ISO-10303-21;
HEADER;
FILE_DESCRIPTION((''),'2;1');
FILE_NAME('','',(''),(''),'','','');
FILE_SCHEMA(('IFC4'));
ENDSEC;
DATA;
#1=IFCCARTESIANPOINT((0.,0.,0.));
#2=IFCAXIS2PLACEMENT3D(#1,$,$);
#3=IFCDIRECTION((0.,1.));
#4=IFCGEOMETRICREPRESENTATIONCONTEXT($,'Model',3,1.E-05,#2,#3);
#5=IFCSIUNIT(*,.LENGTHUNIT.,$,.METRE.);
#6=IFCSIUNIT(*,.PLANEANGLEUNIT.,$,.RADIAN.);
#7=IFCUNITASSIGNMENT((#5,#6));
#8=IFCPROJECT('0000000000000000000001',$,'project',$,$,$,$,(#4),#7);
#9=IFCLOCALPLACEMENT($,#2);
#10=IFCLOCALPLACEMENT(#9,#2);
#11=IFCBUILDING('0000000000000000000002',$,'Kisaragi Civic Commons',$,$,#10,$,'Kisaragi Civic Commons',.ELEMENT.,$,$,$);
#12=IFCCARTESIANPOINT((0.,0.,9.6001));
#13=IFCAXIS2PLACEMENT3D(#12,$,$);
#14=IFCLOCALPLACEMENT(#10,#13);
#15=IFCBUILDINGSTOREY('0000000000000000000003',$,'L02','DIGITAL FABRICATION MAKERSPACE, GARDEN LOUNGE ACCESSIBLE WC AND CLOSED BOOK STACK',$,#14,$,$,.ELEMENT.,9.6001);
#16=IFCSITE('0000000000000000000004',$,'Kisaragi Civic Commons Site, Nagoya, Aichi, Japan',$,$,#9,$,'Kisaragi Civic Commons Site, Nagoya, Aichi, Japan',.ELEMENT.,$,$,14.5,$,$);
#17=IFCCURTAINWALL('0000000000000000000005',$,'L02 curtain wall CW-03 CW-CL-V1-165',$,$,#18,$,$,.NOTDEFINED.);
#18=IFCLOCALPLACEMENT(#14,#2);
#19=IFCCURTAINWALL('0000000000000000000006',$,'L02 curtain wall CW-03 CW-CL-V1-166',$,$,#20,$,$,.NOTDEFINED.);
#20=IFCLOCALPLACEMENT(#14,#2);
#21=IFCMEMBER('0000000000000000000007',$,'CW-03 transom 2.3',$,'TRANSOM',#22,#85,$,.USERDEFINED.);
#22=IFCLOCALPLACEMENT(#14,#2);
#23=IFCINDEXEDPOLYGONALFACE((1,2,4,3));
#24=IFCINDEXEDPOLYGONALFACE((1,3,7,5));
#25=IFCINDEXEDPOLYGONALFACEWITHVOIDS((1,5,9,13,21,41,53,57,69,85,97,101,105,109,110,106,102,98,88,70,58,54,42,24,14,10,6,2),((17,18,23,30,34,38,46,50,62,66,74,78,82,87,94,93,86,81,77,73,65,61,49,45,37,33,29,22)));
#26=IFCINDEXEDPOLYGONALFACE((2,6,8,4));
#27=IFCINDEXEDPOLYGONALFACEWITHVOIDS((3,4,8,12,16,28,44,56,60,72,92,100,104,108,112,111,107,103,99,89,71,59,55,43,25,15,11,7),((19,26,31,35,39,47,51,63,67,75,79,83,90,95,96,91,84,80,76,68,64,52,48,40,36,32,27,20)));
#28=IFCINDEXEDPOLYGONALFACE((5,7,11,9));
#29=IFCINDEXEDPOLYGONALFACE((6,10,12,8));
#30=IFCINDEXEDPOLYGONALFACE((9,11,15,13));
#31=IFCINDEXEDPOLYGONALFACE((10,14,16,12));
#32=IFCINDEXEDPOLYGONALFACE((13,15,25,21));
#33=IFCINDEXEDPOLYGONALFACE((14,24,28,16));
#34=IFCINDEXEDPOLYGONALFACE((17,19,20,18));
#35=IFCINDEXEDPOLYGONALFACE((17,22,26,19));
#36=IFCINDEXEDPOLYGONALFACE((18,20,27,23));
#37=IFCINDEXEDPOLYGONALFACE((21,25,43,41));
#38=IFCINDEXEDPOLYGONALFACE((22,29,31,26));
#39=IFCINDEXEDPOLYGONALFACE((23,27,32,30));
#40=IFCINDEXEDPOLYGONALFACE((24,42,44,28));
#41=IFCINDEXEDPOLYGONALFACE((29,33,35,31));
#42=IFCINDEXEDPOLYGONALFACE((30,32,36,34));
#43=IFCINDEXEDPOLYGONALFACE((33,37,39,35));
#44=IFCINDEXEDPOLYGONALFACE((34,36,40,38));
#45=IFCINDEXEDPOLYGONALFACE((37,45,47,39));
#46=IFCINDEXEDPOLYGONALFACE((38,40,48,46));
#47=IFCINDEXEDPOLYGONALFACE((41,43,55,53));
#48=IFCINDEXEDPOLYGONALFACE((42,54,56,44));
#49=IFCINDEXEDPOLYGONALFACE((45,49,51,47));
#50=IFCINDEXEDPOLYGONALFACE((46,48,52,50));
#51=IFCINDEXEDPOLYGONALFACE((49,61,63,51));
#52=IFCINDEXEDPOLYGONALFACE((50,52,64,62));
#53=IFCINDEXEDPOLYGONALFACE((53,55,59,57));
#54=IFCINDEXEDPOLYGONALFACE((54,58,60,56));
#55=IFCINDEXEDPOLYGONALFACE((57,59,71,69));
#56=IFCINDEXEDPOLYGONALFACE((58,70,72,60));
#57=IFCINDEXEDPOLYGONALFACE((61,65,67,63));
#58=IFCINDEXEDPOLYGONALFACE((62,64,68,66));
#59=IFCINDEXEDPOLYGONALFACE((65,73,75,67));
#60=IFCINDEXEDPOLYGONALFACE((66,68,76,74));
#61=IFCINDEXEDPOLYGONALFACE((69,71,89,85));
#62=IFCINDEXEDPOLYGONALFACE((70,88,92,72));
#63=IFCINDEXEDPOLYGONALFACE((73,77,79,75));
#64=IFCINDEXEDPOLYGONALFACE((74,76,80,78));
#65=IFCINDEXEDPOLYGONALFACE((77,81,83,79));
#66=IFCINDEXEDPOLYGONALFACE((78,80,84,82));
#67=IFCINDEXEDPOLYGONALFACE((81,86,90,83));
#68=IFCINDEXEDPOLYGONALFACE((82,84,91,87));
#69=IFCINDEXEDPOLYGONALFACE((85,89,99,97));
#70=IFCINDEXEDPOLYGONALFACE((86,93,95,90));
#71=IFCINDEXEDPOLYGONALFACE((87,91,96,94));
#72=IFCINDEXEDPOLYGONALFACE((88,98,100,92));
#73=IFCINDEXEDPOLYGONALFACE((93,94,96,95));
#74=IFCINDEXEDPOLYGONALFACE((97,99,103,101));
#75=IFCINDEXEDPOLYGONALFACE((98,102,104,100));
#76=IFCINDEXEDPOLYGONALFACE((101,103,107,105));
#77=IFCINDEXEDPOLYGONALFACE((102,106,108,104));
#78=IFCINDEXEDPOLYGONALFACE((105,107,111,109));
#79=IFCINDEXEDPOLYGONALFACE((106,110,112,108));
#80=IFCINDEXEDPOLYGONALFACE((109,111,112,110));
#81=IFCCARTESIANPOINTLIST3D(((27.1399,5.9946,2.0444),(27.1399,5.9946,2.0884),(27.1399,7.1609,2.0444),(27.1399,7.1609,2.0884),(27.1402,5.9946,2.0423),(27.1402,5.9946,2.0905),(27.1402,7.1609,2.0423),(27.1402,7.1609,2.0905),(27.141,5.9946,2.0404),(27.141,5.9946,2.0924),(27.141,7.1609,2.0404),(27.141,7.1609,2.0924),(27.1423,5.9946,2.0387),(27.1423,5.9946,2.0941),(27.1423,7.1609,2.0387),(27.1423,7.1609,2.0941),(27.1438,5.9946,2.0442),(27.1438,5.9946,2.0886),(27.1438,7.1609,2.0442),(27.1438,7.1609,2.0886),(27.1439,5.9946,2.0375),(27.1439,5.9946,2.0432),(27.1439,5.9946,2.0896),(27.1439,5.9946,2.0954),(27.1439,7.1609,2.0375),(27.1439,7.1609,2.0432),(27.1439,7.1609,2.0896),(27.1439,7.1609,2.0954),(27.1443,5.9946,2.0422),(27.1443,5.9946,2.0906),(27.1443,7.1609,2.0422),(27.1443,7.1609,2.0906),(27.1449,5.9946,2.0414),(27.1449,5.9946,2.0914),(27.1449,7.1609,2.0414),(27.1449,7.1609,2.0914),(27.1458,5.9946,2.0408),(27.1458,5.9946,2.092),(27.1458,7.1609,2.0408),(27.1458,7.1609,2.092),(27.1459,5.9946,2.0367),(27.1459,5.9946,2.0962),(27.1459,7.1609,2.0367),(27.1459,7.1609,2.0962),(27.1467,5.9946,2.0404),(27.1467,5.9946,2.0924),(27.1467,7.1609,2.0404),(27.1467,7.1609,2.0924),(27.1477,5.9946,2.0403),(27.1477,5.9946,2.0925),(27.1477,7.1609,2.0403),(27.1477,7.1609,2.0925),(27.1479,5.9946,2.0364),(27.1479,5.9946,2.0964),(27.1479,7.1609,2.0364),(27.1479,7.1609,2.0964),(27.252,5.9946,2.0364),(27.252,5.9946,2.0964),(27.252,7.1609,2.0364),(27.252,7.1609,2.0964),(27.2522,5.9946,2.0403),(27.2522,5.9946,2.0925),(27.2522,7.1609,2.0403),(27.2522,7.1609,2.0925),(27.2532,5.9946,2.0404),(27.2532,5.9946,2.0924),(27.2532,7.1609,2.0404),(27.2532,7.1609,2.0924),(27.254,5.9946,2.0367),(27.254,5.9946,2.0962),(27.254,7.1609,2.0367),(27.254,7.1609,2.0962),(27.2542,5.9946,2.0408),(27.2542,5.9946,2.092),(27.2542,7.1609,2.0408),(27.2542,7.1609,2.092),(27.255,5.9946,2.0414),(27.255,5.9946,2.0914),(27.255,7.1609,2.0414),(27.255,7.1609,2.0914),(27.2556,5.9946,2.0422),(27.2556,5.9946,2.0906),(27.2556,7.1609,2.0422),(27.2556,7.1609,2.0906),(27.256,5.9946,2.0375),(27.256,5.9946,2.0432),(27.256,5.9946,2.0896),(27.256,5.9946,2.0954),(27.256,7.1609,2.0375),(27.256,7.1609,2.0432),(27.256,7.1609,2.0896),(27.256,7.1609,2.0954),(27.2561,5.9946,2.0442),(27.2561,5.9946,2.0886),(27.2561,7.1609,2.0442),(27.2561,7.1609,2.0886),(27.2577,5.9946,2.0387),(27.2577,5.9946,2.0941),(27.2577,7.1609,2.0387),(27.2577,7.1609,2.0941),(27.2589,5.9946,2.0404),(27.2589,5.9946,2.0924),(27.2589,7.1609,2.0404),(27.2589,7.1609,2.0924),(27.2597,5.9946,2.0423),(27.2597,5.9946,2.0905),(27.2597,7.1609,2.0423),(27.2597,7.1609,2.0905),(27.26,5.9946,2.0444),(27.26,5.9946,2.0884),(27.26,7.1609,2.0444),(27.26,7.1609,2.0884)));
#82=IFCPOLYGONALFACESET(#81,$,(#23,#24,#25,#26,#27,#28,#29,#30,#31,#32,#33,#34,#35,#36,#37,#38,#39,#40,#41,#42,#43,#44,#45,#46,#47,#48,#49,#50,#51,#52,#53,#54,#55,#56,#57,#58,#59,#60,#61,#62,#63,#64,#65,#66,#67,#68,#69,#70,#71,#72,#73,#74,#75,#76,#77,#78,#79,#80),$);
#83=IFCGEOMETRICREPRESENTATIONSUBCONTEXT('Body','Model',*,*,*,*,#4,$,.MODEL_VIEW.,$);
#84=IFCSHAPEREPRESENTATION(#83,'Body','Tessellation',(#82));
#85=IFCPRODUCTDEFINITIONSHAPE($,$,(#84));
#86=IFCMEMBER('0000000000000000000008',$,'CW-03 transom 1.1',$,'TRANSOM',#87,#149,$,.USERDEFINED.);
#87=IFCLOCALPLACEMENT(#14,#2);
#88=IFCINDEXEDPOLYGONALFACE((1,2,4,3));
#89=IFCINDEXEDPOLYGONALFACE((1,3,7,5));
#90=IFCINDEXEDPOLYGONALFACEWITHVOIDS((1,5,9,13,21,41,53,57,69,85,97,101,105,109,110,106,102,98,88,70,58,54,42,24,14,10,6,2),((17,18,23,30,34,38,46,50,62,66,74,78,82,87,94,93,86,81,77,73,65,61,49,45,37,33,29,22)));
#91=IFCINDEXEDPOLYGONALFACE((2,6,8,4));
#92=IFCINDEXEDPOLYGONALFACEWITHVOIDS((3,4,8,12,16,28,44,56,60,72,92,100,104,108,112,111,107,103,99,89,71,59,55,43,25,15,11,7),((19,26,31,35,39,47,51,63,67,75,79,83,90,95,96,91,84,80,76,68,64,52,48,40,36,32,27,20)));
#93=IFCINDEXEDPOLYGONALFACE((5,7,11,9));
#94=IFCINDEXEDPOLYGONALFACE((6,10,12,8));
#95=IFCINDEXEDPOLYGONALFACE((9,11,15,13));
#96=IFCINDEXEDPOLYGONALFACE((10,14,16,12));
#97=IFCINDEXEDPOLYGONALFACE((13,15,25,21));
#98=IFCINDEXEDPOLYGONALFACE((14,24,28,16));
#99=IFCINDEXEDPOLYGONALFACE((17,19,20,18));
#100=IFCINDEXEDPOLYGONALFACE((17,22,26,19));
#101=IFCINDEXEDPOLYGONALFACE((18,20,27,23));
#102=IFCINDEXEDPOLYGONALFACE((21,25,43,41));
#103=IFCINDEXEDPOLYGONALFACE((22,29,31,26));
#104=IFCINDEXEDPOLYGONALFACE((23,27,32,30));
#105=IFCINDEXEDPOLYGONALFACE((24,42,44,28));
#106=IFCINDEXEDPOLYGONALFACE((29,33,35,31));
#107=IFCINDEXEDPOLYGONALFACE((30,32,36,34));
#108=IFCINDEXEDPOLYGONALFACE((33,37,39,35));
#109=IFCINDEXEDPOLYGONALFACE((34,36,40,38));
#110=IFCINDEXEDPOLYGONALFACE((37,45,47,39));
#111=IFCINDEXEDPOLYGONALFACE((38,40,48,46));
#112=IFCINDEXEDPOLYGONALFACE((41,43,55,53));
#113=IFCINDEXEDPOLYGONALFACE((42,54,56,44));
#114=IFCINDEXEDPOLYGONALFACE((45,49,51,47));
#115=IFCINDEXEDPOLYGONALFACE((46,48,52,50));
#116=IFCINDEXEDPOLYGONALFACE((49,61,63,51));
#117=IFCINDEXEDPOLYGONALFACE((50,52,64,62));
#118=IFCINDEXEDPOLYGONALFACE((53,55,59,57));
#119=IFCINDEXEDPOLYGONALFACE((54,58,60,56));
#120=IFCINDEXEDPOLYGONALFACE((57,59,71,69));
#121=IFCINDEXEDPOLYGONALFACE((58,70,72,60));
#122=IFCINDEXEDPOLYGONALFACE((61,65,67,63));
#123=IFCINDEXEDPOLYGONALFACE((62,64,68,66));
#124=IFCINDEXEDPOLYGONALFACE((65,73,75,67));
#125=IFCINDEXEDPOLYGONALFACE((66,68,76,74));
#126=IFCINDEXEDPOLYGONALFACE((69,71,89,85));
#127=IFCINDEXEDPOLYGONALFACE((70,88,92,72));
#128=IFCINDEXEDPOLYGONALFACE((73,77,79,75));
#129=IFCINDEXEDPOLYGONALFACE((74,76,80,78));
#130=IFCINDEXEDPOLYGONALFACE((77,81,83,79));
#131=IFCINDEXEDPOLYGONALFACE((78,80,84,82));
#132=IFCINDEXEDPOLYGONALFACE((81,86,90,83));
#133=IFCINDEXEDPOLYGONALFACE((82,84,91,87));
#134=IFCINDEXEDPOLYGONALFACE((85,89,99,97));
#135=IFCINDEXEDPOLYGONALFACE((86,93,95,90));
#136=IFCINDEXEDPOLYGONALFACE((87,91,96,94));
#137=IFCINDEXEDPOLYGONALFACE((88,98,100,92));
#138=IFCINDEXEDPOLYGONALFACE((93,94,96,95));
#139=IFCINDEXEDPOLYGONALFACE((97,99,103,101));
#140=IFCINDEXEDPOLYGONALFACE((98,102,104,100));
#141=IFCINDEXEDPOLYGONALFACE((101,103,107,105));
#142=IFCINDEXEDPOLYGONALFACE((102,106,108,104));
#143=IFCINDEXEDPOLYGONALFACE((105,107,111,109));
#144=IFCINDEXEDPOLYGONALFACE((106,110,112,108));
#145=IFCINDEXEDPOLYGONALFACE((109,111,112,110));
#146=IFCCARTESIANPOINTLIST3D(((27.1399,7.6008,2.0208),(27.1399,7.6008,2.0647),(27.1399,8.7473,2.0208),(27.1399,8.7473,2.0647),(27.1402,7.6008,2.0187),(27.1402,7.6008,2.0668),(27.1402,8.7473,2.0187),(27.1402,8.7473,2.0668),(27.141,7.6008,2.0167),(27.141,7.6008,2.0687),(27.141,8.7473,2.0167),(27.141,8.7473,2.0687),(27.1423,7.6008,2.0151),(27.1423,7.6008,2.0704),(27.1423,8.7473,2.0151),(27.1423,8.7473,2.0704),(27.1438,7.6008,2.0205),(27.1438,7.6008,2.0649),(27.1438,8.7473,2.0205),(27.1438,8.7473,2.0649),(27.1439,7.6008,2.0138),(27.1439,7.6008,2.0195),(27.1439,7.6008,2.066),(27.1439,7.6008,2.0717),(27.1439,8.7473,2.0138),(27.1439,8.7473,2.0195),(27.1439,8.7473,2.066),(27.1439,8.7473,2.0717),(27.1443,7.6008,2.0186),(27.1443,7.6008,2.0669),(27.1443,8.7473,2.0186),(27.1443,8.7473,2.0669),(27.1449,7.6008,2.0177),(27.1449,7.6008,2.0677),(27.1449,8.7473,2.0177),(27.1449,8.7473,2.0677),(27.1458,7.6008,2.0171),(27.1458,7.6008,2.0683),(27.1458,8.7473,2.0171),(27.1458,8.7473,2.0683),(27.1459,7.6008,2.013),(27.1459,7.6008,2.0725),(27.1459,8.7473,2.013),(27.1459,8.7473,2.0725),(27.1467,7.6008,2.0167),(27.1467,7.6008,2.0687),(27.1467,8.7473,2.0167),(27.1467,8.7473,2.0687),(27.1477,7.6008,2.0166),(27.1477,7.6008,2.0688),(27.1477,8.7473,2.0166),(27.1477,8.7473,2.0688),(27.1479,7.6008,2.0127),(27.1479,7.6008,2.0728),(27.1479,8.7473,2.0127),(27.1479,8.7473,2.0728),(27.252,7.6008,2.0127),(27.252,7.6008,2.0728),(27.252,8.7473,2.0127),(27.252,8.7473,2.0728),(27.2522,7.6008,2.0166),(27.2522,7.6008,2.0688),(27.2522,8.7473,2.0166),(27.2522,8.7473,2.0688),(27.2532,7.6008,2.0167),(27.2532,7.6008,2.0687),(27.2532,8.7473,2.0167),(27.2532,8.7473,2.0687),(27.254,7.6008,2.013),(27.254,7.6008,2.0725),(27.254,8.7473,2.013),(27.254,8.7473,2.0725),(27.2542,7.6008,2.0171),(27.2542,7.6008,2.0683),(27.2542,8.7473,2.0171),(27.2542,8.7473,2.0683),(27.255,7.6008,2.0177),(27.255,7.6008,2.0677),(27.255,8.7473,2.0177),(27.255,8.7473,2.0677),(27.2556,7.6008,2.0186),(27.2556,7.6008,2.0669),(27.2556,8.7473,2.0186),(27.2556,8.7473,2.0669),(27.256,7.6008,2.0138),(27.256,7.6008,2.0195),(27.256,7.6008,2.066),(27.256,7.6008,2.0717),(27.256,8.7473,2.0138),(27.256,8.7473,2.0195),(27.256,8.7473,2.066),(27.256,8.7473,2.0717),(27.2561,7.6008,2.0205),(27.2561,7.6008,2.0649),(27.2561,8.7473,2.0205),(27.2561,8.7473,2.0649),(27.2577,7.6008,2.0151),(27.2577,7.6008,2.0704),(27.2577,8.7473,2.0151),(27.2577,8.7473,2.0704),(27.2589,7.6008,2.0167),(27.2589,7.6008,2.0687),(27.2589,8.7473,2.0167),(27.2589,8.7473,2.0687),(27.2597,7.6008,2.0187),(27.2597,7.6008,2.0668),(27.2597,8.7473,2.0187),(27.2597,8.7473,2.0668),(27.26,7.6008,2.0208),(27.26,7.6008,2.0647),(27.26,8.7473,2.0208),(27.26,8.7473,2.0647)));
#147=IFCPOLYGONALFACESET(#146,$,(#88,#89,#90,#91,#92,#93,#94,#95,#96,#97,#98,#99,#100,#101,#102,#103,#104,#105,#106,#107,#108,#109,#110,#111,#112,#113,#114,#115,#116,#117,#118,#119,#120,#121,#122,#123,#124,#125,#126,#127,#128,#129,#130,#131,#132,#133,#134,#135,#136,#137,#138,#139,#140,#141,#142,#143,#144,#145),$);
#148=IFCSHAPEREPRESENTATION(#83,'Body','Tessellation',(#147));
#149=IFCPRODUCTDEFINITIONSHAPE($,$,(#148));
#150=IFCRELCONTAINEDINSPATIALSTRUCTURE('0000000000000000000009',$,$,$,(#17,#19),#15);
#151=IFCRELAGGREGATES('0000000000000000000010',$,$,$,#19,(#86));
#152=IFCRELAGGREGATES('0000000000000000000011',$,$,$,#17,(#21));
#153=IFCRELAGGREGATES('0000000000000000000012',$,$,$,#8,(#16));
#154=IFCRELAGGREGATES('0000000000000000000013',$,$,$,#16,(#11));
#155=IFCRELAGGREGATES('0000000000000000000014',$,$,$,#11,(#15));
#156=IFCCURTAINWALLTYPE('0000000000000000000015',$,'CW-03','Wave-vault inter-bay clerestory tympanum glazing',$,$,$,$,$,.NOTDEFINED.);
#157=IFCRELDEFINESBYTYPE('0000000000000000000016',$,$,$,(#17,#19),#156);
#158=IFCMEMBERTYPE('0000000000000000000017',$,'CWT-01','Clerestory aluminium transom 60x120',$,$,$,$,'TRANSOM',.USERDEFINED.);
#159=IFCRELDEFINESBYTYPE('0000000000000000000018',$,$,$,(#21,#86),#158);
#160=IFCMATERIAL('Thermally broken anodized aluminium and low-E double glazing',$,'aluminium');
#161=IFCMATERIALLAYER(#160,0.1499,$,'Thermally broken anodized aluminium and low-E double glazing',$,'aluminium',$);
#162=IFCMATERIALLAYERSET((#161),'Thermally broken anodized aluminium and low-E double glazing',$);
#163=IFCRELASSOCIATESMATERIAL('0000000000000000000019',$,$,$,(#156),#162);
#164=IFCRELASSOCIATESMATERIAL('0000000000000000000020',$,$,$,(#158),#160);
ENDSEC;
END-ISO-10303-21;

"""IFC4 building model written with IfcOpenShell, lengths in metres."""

from ifc_helpers import new_model, si_unit, direction, frame, origin, origin_2d, place, context, subcontext, project, spatial, hollow_rectangle, extrude, material, layer, layer_set, material_profile, profile_set, type_object, element, aggregate, save


model = new_model("IFC4")

# Units and contexts
model_context = context("Model", 3, precision=1e-05, world=origin(), true_north=direction((0.0, 1.0)))
body_context = subcontext(model_context, "Body", "Model", "MODEL_VIEW")
ifc_project = project(units=[si_unit("LENGTHUNIT", "METRE"), si_unit("PLANEANGLEUNIT", "RADIAN")], contexts=[model_context])

# Site, building, storey
site_placement = place(None, origin())
site = spatial("IfcSite", under=ifc_project, at=site_placement, Name="Kisaragi Civic Commons Site, Nagoya, Aichi, Japan", LongName="Kisaragi Civic Commons Site, Nagoya, Aichi, Japan", CompositionType="ELEMENT", RefElevation=14.5)
building_placement = place(site_placement, origin())
building = spatial("IfcBuilding", under=site, at=building_placement, Name="Kisaragi Civic Commons", LongName="Kisaragi Civic Commons", CompositionType="ELEMENT")
storey_placement = place(building_placement, frame((0.0, 0.0, 9.6001)))
storey = spatial("IfcBuildingStorey", under=building, at=storey_placement, Name="L02", Description="DIGITAL FABRICATION MAKERSPACE, GARDEN LOUNGE ACCESSIBLE WC AND CLOSED BOOK STACK", CompositionType="ELEMENT", Elevation=9.6001)

# Curtain wall
ifc_material_1 = material(Name="Thermally broken anodized aluminium and low-E double glazing", Category="aluminium")
ifc_layer_1 = layer(ifc_material_1, 0.1499, Name="Thermally broken anodized aluminium and low-E double glazing", Category="aluminium")
ifc_layer_set_1 = layer_set([ifc_layer_1], Name="Thermally broken anodized aluminium and low-E double glazing")
curtain_wall_type = type_object("IfcCurtainWallType", Name="CW-03", Description="Wave-vault inter-bay clerestory tympanum glazing", PredefinedType="NOTDEFINED", material=ifc_layer_set_1)
curtain_wall_1_placement = place(storey_placement, origin())
curtain_wall_1 = element("IfcCurtainWall", 1, at=curtain_wall_1_placement, inside=storey, type_object=curtain_wall_type, Name="L02 curtain wall CW-03 CW-CL-V1-165", PredefinedType="NOTDEFINED")

# Curtain wall
curtain_wall_2_placement = place(storey_placement, origin())
curtain_wall_2 = element("IfcCurtainWall", 2, at=curtain_wall_2_placement, inside=storey, type_object=curtain_wall_type, Name="L02 curtain wall CW-03 CW-CL-V1-166", PredefinedType="NOTDEFINED")

# Members
ifc_material_profile_1 = material_profile(ifc_material_1, hollow_rectangle(XDim=0.1201, YDim=0.0601, WallThickness=0.0039, InnerFilletRadius=0.0039, OuterFilletRadius=0.0081, at=origin_2d()), Name="CWT-60x120x4", Category="aluminium")
ifc_profile_set_1 = profile_set([ifc_material_profile_1], Name="Thermally broken anodized aluminium and low-E double glazing")
member_type_1 = type_object("IfcMemberType", Name="CWT-01", Description="Clerestory aluminium transom 60x120", ElementType="TRANSOM", PredefinedType="USERDEFINED", material=ifc_profile_set_1)
member_1_placement = place(storey_placement, frame((27.2, 5.9946, 2.0664), z_axis=(0.0, 1.0, 0.0), x_axis=(-1.0, 0.0, 0.0)))
member_1 = element("IfcMember", 3, at=member_1_placement, type_object=member_type_1, Name="CW-03 transom 2.3", ObjectType="TRANSOM", PredefinedType="USERDEFINED", context=body_context, shape_type="SweptSolid", body=[
    extrude(hollow_rectangle(XDim=0.1201, YDim=0.0601, WallThickness=0.0039, InnerFilletRadius=0.0039, OuterFilletRadius=0.0081, at=origin_2d()), origin(), (0.0, 0.0, 1.0), 1.1663),
])
member_2_placement = place(storey_placement, frame((27.2, 7.6008, 2.0427), z_axis=(0.0, 1.0, 0.0), x_axis=(-1.0, 0.0, 0.0)))
member_2 = element("IfcMember", 4, at=member_2_placement, type_object=member_type_1, Name="CW-03 transom 1.1", ObjectType="TRANSOM", PredefinedType="USERDEFINED", context=body_context, shape_type="SweptSolid", body=[
    extrude(hollow_rectangle(XDim=0.1201, YDim=0.0601, WallThickness=0.0039, InnerFilletRadius=0.0039, OuterFilletRadius=0.0081, at=origin_2d()), origin(), (0.0, 0.0, 1.0), 1.1465),
])

aggregate(curtain_wall_2, [member_2])
aggregate(curtain_wall_1, [member_1])

save(model, "model.ifc")
